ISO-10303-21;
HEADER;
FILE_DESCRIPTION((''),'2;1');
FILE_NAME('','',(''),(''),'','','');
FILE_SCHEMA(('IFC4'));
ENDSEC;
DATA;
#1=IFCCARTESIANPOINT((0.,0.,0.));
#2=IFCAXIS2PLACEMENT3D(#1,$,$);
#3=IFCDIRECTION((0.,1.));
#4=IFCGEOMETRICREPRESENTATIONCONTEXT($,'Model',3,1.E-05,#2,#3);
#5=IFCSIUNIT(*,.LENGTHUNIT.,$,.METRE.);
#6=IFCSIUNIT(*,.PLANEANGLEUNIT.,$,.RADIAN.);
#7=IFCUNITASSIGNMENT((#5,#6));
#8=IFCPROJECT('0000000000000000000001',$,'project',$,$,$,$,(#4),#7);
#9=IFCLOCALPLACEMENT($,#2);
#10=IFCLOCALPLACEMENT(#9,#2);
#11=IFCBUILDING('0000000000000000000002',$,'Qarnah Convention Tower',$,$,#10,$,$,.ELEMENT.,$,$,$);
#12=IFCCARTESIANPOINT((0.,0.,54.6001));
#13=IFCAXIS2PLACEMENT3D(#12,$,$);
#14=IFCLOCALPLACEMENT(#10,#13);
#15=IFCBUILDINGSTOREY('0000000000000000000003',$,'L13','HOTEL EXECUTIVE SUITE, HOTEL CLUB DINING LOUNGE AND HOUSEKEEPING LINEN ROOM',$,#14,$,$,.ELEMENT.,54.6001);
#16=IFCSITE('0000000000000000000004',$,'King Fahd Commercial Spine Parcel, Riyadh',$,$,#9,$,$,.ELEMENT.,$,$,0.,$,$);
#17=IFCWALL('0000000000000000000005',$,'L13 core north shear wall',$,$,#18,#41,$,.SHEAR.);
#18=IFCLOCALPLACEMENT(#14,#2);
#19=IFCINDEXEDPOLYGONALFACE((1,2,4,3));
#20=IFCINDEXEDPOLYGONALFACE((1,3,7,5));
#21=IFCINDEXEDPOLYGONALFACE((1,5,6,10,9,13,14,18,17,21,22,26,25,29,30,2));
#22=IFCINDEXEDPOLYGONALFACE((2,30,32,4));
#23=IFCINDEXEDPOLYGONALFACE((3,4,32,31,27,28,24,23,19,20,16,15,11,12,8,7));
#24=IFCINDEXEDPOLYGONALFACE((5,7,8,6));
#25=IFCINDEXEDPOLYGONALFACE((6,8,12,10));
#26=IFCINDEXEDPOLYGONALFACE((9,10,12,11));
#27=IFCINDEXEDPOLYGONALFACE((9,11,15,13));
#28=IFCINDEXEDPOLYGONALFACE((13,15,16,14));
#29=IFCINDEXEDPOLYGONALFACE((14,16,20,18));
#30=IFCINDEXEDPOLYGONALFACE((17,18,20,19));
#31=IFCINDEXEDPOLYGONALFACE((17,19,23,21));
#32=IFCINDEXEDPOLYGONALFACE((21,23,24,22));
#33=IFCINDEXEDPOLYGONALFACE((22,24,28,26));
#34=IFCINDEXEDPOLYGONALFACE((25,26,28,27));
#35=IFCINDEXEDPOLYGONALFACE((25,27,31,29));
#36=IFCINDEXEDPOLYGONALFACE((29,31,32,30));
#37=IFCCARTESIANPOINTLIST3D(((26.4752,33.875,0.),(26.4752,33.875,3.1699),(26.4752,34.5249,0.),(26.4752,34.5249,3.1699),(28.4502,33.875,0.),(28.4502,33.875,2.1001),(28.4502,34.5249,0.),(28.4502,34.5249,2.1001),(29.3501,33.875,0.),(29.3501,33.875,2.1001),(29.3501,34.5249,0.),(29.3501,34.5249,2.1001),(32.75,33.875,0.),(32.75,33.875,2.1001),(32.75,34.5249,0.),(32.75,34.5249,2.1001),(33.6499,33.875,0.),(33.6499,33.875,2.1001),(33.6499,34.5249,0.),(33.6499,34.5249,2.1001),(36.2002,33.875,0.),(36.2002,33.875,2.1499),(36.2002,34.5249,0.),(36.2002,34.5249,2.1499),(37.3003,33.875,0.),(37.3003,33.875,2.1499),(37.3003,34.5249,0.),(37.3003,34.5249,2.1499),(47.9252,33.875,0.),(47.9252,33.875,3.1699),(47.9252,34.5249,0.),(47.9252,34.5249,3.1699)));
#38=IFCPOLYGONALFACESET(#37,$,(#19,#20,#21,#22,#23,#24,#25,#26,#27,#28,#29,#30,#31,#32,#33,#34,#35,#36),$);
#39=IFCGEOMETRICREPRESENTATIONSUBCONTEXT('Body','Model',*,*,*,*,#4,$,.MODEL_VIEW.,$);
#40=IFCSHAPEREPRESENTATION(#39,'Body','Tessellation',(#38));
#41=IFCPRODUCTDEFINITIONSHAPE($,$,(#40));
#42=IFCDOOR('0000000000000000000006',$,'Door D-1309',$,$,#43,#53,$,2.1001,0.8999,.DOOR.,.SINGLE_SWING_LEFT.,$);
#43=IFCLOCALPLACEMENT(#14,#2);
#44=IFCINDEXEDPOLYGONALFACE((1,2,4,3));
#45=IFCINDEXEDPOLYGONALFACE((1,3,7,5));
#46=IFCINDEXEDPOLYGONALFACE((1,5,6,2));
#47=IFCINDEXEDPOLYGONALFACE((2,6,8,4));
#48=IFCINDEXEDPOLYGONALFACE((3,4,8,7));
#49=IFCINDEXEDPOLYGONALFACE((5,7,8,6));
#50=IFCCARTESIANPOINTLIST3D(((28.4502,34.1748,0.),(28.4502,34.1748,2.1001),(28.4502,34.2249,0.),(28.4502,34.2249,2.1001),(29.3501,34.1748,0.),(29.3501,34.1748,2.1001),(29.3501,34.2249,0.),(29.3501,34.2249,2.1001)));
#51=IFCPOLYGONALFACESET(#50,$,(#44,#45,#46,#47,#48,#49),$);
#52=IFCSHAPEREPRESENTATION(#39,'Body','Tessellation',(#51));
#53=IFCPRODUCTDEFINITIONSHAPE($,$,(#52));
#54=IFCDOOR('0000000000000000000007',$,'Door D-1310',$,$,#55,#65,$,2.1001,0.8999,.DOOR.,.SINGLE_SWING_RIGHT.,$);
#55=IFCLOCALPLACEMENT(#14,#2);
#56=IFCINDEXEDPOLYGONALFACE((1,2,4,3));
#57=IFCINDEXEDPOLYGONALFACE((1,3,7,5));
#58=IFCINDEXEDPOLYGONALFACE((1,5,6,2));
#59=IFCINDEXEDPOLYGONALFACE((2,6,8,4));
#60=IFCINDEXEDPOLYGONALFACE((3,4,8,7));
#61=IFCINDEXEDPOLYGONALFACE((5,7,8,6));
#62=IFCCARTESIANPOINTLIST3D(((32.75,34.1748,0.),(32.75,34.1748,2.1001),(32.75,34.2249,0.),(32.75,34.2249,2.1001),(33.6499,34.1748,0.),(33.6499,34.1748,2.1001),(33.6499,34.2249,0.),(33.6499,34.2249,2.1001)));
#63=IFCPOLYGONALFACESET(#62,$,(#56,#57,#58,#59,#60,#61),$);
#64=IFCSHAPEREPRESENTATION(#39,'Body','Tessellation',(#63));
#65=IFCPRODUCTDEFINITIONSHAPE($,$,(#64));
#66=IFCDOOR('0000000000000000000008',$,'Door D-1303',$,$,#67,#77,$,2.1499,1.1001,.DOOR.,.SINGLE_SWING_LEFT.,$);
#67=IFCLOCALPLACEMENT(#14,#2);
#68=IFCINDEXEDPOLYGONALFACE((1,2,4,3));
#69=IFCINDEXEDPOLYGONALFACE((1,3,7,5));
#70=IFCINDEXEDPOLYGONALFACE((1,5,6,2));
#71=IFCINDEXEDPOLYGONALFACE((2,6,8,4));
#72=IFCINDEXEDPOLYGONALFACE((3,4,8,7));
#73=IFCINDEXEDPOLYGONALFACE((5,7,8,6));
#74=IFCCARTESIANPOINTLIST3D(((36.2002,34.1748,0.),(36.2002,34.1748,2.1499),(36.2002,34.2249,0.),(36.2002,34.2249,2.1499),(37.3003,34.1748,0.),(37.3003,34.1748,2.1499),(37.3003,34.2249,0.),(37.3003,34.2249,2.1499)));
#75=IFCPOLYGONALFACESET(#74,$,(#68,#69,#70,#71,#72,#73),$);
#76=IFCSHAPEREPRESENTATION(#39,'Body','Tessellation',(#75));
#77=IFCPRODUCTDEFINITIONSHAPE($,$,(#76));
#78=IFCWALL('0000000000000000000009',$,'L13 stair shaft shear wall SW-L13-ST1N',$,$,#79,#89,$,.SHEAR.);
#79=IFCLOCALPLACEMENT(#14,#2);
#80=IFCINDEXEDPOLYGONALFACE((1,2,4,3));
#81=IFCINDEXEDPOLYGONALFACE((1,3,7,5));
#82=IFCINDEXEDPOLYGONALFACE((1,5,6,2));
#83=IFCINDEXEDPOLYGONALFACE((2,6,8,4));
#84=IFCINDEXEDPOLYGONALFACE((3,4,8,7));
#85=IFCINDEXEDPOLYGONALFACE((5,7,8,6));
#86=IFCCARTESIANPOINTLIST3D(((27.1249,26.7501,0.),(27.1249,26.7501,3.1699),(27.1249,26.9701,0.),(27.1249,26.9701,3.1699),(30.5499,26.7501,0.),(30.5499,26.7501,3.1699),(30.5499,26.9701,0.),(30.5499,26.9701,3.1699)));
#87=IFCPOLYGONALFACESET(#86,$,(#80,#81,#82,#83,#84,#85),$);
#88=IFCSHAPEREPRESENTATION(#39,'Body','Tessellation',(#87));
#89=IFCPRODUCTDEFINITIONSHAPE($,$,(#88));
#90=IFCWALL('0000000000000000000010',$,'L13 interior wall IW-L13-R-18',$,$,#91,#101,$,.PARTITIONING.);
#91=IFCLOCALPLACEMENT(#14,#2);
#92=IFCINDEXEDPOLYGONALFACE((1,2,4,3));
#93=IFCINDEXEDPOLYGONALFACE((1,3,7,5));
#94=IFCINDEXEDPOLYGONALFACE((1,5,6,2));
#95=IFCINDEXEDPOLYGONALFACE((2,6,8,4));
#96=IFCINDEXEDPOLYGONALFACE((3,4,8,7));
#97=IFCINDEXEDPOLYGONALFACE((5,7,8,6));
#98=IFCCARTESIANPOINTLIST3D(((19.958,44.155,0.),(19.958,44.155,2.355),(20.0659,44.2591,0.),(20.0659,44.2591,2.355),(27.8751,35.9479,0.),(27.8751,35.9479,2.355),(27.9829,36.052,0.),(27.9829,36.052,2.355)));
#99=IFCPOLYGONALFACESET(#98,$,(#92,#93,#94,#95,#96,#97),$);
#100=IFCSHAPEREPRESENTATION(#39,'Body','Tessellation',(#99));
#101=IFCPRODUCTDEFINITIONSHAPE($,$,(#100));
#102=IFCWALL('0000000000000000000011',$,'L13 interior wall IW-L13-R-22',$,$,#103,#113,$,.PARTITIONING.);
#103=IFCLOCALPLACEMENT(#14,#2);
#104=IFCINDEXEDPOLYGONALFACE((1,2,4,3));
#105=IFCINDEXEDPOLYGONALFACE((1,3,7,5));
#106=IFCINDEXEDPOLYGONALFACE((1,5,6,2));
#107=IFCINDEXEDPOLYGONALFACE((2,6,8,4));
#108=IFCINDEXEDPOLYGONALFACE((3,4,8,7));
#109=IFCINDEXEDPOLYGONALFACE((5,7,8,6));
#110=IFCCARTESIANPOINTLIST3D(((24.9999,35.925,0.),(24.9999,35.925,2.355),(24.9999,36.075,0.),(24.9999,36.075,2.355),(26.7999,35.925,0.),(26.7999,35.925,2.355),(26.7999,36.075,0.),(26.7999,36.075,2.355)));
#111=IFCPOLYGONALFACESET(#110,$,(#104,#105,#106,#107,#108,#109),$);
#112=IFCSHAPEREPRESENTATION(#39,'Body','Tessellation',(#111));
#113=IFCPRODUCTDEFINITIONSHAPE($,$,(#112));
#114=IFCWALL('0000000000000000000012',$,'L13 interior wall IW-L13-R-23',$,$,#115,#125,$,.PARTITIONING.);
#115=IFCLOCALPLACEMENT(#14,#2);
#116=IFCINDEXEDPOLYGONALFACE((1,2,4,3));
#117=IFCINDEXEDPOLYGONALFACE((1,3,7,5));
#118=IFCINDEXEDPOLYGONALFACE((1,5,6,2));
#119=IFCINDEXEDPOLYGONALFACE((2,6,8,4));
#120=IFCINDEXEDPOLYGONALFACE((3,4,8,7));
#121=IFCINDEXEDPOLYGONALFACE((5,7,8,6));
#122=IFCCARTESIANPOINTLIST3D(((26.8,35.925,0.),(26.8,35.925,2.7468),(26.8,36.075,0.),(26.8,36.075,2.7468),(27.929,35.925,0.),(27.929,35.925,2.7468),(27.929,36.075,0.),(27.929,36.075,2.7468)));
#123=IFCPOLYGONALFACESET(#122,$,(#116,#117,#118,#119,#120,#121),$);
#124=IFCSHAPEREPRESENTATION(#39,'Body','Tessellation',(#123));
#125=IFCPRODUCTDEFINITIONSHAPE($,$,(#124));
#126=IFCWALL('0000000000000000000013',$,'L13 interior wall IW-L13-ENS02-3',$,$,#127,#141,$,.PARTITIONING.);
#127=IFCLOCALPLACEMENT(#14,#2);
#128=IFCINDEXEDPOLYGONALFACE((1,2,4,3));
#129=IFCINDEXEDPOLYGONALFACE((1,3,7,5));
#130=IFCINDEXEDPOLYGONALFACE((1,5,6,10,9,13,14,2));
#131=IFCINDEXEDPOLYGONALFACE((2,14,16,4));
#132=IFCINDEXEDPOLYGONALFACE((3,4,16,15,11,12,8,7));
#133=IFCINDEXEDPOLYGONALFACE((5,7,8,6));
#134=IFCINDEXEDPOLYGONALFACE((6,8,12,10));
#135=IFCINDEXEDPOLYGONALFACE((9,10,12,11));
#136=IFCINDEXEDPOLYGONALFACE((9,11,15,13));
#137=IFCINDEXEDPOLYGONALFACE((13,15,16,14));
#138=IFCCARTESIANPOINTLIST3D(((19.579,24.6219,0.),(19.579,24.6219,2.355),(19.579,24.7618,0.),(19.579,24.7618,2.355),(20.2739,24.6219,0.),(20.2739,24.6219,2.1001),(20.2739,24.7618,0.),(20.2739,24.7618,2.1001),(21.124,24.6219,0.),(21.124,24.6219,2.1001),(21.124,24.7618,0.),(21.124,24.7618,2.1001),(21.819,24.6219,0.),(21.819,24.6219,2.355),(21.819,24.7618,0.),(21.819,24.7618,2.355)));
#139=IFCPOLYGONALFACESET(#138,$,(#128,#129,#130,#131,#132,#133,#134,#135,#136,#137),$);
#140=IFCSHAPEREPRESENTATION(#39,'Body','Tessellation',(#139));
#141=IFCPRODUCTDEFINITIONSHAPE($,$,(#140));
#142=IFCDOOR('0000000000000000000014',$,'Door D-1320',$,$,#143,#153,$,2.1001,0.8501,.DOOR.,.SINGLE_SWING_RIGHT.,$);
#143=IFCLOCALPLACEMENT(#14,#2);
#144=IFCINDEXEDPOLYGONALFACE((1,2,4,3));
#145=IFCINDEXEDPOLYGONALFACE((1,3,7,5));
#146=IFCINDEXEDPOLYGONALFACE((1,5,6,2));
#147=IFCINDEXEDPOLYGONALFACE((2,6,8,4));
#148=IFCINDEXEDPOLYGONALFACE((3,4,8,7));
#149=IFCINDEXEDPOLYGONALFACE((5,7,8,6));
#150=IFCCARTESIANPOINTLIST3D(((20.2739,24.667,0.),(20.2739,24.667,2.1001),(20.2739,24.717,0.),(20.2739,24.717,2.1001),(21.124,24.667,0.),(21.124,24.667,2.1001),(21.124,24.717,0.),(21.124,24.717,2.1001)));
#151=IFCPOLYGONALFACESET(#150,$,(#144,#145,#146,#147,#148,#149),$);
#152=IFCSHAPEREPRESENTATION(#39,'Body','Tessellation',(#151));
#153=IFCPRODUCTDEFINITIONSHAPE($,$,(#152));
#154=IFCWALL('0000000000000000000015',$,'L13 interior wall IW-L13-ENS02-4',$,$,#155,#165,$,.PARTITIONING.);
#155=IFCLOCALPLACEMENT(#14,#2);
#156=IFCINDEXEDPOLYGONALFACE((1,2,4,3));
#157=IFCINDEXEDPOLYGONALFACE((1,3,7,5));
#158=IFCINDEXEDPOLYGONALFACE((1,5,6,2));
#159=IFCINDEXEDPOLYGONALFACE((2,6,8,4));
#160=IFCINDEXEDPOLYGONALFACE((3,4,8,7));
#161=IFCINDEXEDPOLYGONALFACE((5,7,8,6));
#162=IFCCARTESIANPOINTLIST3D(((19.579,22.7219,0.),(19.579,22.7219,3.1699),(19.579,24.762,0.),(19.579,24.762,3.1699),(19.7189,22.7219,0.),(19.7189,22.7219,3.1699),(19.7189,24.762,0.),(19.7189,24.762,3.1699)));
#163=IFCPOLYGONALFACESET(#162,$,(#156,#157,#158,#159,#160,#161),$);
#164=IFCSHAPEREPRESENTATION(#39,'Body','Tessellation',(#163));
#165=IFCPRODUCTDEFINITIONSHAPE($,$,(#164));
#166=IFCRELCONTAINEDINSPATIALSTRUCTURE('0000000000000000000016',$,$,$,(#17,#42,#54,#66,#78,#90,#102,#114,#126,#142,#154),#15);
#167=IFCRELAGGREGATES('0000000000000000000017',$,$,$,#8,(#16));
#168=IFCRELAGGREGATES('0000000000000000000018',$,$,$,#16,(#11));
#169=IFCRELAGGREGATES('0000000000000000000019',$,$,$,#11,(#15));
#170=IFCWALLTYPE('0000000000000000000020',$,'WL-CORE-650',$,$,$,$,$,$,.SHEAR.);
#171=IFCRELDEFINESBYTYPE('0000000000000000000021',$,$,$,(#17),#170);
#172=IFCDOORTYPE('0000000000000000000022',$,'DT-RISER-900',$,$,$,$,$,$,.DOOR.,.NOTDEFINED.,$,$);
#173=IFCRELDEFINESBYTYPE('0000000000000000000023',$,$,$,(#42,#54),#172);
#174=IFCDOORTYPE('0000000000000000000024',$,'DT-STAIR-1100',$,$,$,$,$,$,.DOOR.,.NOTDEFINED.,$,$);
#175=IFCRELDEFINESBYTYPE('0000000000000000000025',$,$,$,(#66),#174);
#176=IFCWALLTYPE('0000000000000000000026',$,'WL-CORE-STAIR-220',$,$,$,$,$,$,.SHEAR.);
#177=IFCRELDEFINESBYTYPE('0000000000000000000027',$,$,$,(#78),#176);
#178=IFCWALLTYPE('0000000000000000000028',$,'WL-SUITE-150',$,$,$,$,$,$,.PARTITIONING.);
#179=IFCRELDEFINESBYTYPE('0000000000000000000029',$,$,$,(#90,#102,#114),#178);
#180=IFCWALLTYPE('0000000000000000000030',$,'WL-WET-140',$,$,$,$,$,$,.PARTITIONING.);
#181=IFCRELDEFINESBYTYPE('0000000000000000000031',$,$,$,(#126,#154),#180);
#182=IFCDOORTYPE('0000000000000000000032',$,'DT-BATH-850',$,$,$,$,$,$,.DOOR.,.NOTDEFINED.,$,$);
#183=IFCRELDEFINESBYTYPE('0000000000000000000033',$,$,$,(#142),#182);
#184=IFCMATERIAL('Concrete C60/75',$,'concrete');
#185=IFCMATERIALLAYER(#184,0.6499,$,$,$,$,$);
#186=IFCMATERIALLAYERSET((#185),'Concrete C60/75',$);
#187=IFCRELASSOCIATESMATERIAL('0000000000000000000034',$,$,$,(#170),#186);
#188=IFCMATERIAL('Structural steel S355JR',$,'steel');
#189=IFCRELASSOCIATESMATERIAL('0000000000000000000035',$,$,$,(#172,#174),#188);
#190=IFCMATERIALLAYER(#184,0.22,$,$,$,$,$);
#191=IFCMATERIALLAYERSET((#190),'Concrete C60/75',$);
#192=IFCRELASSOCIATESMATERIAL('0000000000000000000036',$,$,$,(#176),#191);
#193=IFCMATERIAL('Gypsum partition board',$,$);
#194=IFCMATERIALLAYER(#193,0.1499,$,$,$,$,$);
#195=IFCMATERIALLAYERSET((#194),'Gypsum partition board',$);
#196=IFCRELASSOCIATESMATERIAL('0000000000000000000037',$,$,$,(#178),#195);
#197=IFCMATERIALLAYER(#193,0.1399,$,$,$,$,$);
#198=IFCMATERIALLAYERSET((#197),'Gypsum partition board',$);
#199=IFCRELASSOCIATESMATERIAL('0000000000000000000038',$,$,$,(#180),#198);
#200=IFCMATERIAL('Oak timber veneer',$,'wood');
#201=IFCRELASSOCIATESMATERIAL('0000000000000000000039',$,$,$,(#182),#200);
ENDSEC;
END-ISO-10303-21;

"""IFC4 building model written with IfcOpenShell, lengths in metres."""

from ifc_helpers import new_model, si_unit, direction, frame, frame_2d, origin, place, context, subcontext, project, spatial, rectangle, extrude, material, layer, layer_set, type_object, element, fill, save


model = new_model("IFC4")

# Units and contexts
model_context = context("Model", 3, precision=1e-05, world=origin(), true_north=direction((0.0, 1.0)))
body_context = subcontext(model_context, "Body", "Model", "MODEL_VIEW")
ifc_project = project(units=[si_unit("LENGTHUNIT", "METRE"), si_unit("PLANEANGLEUNIT", "RADIAN")], contexts=[model_context])

# Site, building, storey
site_placement = place(None, origin())
site = spatial("IfcSite", under=ifc_project, at=site_placement, Name="King Fahd Commercial Spine Parcel, Riyadh", CompositionType="ELEMENT", RefElevation=0.0)
building_placement = place(site_placement, origin())
building = spatial("IfcBuilding", under=site, at=building_placement, Name="Qarnah Convention Tower", CompositionType="ELEMENT")
storey_placement = place(building_placement, frame((0.0, 0.0, 54.6001)))
storey = spatial("IfcBuildingStorey", under=building, at=storey_placement, Name="L13", Description="HOTEL EXECUTIVE SUITE, HOTEL CLUB DINING LOUNGE AND HOUSEKEEPING LINEN ROOM", CompositionType="ELEMENT", Elevation=54.6001)

# Shared definitions
ifc_material_1 = material(Name="Concrete C60/75", Category="concrete")

# Shared definitions
ifc_material_2 = material(Name="Structural steel S355JR", Category="steel")

# Wall, openings, doors
ifc_layer_1 = layer(ifc_material_1, 0.6499)
ifc_layer_set_1 = layer_set([ifc_layer_1], Name="Concrete C60/75")
wall_type_1 = type_object("IfcWallType", Name="WL-CORE-650", PredefinedType="SHEAR", material=ifc_layer_set_1)
wall_1_placement = place(storey_placement, frame((26.4751, 34.2, 0.0), z_axis=(0.0, 0.0, 1.0), x_axis=(1.0, 0.0, 0.0)))
wall_1 = element("IfcWall", 1, at=wall_1_placement, inside=storey, type_object=wall_type_1, Name="L13 core north shear wall", PredefinedType="SHEAR", context=body_context, shape_type="SweptSolid", body=[
    extrude(rectangle(XDim=21.45, YDim=0.6499, at=frame_2d((10.7251, 0.0))), origin(), (0.0, 0.0, 1.0), 3.1699),
])
opening_1_placement = place(wall_1_placement, frame((9.7251, 0.0, 0.0)))
opening_1 = element("IfcOpeningElement", 2, at=opening_1_placement, cuts=wall_1, PredefinedType="OPENING", context=body_context, shape_type="SweptSolid", body=[
    extrude(rectangle(XDim=1.1001, YDim=2.1499, at=frame_2d((0.55, 1.075))), frame((0.0, 0.335, 0.0), z_axis=(0.0, -1.0, 0.0), x_axis=(1.0, 0.0, 0.0)), (0.0, 0.0, 1.0), 0.6699),
])
opening_2_placement = place(wall_1_placement, frame((1.9751, 0.0, 0.0)))
opening_2 = element("IfcOpeningElement", 3, at=opening_2_placement, cuts=wall_1, PredefinedType="OPENING", context=body_context, shape_type="SweptSolid", body=[
    extrude(rectangle(XDim=0.8999, YDim=2.1001, at=frame_2d((0.45, 1.05))), frame((0.0, 0.335, 0.0), z_axis=(0.0, -1.0, 0.0), x_axis=(1.0, 0.0, 0.0)), (0.0, 0.0, 1.0), 0.6699),
])
opening_3_placement = place(wall_1_placement, frame((6.2749, 0.0, 0.0)))
opening_3 = element("IfcOpeningElement", 4, at=opening_3_placement, cuts=wall_1, PredefinedType="OPENING", context=body_context, shape_type="SweptSolid", body=[
    extrude(rectangle(XDim=0.8999, YDim=2.1001, at=frame_2d((0.45, 1.05))), frame((0.0, 0.335, 0.0), z_axis=(0.0, -1.0, 0.0), x_axis=(1.0, 0.0, 0.0)), (0.0, 0.0, 1.0), 0.6699),
])
door_type_1 = type_object("IfcDoorType", Name="DT-RISER-900", OperationType="NOTDEFINED", PredefinedType="DOOR", material=ifc_material_2)
door_1_placement = place(opening_2_placement, origin())
door_1 = element("IfcDoor", 5, at=door_1_placement, inside=storey, type_object=door_type_1, Name="Door D-1309", OperationType="SINGLE_SWING_LEFT", OverallHeight=2.1001, OverallWidth=0.8999, PredefinedType="DOOR", context=body_context, shape_type="SweptSolid", body=[
    extrude(rectangle(XDim=0.8999, YDim=2.1001, at=frame_2d((0.45, 1.05))), frame((0.0, 0.0249, 0.0), z_axis=(0.0, -1.0, 0.0), x_axis=(1.0, 0.0, 0.0)), (0.0, 0.0, 1.0), 0.05),
])
fill(opening_2, door_1)
door_2_placement = place(opening_3_placement, origin())
door_2 = element("IfcDoor", 6, at=door_2_placement, inside=storey, type_object=door_type_1, Name="Door D-1310", OperationType="SINGLE_SWING_RIGHT", OverallHeight=2.1001, OverallWidth=0.8999, PredefinedType="DOOR", context=body_context, shape_type="SweptSolid", body=[
    extrude(rectangle(XDim=0.8999, YDim=2.1001, at=frame_2d((0.45, 1.05))), frame((0.0, 0.0249, 0.0), z_axis=(0.0, -1.0, 0.0), x_axis=(1.0, 0.0, 0.0)), (0.0, 0.0, 1.0), 0.05),
])
fill(opening_3, door_2)
door_type_2 = type_object("IfcDoorType", Name="DT-STAIR-1100", OperationType="NOTDEFINED", PredefinedType="DOOR", material=ifc_material_2)
door_3_placement = place(opening_1_placement, origin())
door_3 = element("IfcDoor", 7, at=door_3_placement, inside=storey, type_object=door_type_2, Name="Door D-1303", OperationType="SINGLE_SWING_LEFT", OverallHeight=2.1499, OverallWidth=1.1001, PredefinedType="DOOR", context=body_context, shape_type="SweptSolid", body=[
    extrude(rectangle(XDim=1.1001, YDim=2.1499, at=frame_2d((0.55, 1.075))), frame((0.0, 0.0249, 0.0), z_axis=(0.0, -1.0, 0.0), x_axis=(1.0, 0.0, 0.0)), (0.0, 0.0, 1.0), 0.05),
])
fill(opening_1, door_3)

# Wall
ifc_layer_2 = layer(ifc_material_1, 0.22)
ifc_layer_set_2 = layer_set([ifc_layer_2], Name="Concrete C60/75")
wall_type_2 = type_object("IfcWallType", Name="WL-CORE-STAIR-220", PredefinedType="SHEAR", material=ifc_layer_set_2)
wall_2_placement = place(storey_placement, frame((27.125, 26.8601, 0.0), z_axis=(0.0, 0.0, 1.0), x_axis=(1.0, 0.0, 0.0)))
element("IfcWall", 8, at=wall_2_placement, inside=storey, type_object=wall_type_2, Name="L13 stair shaft shear wall SW-L13-ST1N", PredefinedType="SHEAR", context=body_context, shape_type="SweptSolid", body=[
    extrude(rectangle(XDim=3.425, YDim=0.22, at=frame_2d((1.7124, 0.0))), origin(), (0.0, 0.0, 1.0), 3.1699),
])

# Walls
ifc_material_3 = material(Name="Gypsum partition board")
ifc_layer_3 = layer(ifc_material_3, 0.1499)
ifc_layer_set_3 = layer_set([ifc_layer_3], Name="Gypsum partition board")
wall_type_3 = type_object("IfcWallType", Name="WL-SUITE-150", PredefinedType="PARTITIONING", material=ifc_layer_set_3)
wall_3_placement = place(storey_placement, frame((20.012, 44.207, 0.0), z_axis=(0.0, 0.0, 1.0), x_axis=(0.694275, -0.71971, 0.0)))
element("IfcWall", 9, at=wall_3_placement, inside=storey, type_object=wall_type_3, Name="L13 interior wall IW-L13-R-18", PredefinedType="PARTITIONING", context=body_context, shape_type="SweptSolid", body=[
    extrude(rectangle(XDim=11.4033, YDim=0.1499, at=frame_2d((5.7017, 0.0))), origin(), (0.0, 0.0, 1.0), 2.355),
])
wall_4_placement = place(storey_placement, frame((25.0, 36.0, 0.0), z_axis=(0.0, 0.0, 1.0), x_axis=(1.0, 0.0, 0.0)))
element("IfcWall", 10, at=wall_4_placement, inside=storey, type_object=wall_type_3, Name="L13 interior wall IW-L13-R-22", PredefinedType="PARTITIONING", context=body_context, shape_type="SweptSolid", body=[
    extrude(rectangle(XDim=1.8, YDim=0.1499, at=frame_2d((0.8999, 0.0))), origin(), (0.0, 0.0, 1.0), 2.355),
])
wall_5_placement = place(storey_placement, frame((26.8, 36.0, 0.0), z_axis=(0.0, 0.0, 1.0), x_axis=(1.0, 0.0, 0.0)))
element("IfcWall", 11, at=wall_5_placement, inside=storey, type_object=wall_type_3, Name="L13 interior wall IW-L13-R-23", PredefinedType="PARTITIONING", context=body_context, shape_type="SweptSolid", body=[
    extrude(rectangle(XDim=1.1289, YDim=0.1499, at=frame_2d((0.5645, 0.0))), origin(), (0.0, 0.0, 1.0), 2.7468),
])

# Wall, opening, door
ifc_layer_4 = layer(ifc_material_3, 0.1399)
ifc_layer_set_4 = layer_set([ifc_layer_4], Name="Gypsum partition board")
wall_type_4 = type_object("IfcWallType", Name="WL-WET-140", PredefinedType="PARTITIONING", material=ifc_layer_set_4)
wall_6_placement = place(storey_placement, frame((21.8191, 24.6919, 0.0), z_axis=(0.0, 0.0, 1.0), x_axis=(-1.0, 0.0, 0.0)))
wall_6 = element("IfcWall", 12, at=wall_6_placement, inside=storey, type_object=wall_type_4, Name="L13 interior wall IW-L13-ENS02-3", PredefinedType="PARTITIONING", context=body_context, shape_type="SweptSolid", body=[
    extrude(rectangle(XDim=2.24, YDim=0.1399, at=frame_2d((1.1201, 0.0))), origin(), (0.0, 0.0, 1.0), 2.355),
])
opening_4_placement = place(wall_6_placement, frame((0.6951, 0.0, 0.0)))
opening_4 = element("IfcOpeningElement", 13, at=opening_4_placement, cuts=wall_6, PredefinedType="OPENING", context=body_context, shape_type="SweptSolid", body=[
    extrude(rectangle(XDim=0.8501, YDim=2.1001, at=frame_2d((0.425, 1.05))), frame((0.0, 0.0798, 0.0), z_axis=(0.0, -1.0, 0.0), x_axis=(1.0, 0.0, 0.0)), (0.0, 0.0, 1.0), 0.1599),
])
ifc_material_4 = material(Name="Oak timber veneer", Category="wood")
door_type_3 = type_object("IfcDoorType", Name="DT-BATH-850", OperationType="NOTDEFINED", PredefinedType="DOOR", material=ifc_material_4)
door_4_placement = place(opening_4_placement, origin())
door_4 = element("IfcDoor", 14, at=door_4_placement, inside=storey, type_object=door_type_3, Name="Door D-1320", OperationType="SINGLE_SWING_RIGHT", OverallHeight=2.1001, OverallWidth=0.8501, PredefinedType="DOOR", context=body_context, shape_type="SweptSolid", body=[
    extrude(rectangle(XDim=0.8501, YDim=2.1001, at=frame_2d((0.425, 1.05))), frame((0.0, 0.0249, 0.0), z_axis=(0.0, -1.0, 0.0), x_axis=(1.0, 0.0, 0.0)), (0.0, 0.0, 1.0), 0.05),
])
fill(opening_4, door_4)

# Wall
wall_7_placement = place(storey_placement, frame((19.6489, 24.762, 0.0), z_axis=(0.0, 0.0, 1.0), x_axis=(0.0, -1.0, 0.0)))
element("IfcWall", 15, at=wall_7_placement, inside=storey, type_object=wall_type_4, Name="L13 interior wall IW-L13-ENS02-4", PredefinedType="PARTITIONING", context=body_context, shape_type="SweptSolid", body=[
    extrude(rectangle(XDim=2.04, YDim=0.1399, at=frame_2d((1.02, 0.0))), origin(), (0.0, 0.0, 1.0), 3.1699),
])

save(model, "model.ifc")
